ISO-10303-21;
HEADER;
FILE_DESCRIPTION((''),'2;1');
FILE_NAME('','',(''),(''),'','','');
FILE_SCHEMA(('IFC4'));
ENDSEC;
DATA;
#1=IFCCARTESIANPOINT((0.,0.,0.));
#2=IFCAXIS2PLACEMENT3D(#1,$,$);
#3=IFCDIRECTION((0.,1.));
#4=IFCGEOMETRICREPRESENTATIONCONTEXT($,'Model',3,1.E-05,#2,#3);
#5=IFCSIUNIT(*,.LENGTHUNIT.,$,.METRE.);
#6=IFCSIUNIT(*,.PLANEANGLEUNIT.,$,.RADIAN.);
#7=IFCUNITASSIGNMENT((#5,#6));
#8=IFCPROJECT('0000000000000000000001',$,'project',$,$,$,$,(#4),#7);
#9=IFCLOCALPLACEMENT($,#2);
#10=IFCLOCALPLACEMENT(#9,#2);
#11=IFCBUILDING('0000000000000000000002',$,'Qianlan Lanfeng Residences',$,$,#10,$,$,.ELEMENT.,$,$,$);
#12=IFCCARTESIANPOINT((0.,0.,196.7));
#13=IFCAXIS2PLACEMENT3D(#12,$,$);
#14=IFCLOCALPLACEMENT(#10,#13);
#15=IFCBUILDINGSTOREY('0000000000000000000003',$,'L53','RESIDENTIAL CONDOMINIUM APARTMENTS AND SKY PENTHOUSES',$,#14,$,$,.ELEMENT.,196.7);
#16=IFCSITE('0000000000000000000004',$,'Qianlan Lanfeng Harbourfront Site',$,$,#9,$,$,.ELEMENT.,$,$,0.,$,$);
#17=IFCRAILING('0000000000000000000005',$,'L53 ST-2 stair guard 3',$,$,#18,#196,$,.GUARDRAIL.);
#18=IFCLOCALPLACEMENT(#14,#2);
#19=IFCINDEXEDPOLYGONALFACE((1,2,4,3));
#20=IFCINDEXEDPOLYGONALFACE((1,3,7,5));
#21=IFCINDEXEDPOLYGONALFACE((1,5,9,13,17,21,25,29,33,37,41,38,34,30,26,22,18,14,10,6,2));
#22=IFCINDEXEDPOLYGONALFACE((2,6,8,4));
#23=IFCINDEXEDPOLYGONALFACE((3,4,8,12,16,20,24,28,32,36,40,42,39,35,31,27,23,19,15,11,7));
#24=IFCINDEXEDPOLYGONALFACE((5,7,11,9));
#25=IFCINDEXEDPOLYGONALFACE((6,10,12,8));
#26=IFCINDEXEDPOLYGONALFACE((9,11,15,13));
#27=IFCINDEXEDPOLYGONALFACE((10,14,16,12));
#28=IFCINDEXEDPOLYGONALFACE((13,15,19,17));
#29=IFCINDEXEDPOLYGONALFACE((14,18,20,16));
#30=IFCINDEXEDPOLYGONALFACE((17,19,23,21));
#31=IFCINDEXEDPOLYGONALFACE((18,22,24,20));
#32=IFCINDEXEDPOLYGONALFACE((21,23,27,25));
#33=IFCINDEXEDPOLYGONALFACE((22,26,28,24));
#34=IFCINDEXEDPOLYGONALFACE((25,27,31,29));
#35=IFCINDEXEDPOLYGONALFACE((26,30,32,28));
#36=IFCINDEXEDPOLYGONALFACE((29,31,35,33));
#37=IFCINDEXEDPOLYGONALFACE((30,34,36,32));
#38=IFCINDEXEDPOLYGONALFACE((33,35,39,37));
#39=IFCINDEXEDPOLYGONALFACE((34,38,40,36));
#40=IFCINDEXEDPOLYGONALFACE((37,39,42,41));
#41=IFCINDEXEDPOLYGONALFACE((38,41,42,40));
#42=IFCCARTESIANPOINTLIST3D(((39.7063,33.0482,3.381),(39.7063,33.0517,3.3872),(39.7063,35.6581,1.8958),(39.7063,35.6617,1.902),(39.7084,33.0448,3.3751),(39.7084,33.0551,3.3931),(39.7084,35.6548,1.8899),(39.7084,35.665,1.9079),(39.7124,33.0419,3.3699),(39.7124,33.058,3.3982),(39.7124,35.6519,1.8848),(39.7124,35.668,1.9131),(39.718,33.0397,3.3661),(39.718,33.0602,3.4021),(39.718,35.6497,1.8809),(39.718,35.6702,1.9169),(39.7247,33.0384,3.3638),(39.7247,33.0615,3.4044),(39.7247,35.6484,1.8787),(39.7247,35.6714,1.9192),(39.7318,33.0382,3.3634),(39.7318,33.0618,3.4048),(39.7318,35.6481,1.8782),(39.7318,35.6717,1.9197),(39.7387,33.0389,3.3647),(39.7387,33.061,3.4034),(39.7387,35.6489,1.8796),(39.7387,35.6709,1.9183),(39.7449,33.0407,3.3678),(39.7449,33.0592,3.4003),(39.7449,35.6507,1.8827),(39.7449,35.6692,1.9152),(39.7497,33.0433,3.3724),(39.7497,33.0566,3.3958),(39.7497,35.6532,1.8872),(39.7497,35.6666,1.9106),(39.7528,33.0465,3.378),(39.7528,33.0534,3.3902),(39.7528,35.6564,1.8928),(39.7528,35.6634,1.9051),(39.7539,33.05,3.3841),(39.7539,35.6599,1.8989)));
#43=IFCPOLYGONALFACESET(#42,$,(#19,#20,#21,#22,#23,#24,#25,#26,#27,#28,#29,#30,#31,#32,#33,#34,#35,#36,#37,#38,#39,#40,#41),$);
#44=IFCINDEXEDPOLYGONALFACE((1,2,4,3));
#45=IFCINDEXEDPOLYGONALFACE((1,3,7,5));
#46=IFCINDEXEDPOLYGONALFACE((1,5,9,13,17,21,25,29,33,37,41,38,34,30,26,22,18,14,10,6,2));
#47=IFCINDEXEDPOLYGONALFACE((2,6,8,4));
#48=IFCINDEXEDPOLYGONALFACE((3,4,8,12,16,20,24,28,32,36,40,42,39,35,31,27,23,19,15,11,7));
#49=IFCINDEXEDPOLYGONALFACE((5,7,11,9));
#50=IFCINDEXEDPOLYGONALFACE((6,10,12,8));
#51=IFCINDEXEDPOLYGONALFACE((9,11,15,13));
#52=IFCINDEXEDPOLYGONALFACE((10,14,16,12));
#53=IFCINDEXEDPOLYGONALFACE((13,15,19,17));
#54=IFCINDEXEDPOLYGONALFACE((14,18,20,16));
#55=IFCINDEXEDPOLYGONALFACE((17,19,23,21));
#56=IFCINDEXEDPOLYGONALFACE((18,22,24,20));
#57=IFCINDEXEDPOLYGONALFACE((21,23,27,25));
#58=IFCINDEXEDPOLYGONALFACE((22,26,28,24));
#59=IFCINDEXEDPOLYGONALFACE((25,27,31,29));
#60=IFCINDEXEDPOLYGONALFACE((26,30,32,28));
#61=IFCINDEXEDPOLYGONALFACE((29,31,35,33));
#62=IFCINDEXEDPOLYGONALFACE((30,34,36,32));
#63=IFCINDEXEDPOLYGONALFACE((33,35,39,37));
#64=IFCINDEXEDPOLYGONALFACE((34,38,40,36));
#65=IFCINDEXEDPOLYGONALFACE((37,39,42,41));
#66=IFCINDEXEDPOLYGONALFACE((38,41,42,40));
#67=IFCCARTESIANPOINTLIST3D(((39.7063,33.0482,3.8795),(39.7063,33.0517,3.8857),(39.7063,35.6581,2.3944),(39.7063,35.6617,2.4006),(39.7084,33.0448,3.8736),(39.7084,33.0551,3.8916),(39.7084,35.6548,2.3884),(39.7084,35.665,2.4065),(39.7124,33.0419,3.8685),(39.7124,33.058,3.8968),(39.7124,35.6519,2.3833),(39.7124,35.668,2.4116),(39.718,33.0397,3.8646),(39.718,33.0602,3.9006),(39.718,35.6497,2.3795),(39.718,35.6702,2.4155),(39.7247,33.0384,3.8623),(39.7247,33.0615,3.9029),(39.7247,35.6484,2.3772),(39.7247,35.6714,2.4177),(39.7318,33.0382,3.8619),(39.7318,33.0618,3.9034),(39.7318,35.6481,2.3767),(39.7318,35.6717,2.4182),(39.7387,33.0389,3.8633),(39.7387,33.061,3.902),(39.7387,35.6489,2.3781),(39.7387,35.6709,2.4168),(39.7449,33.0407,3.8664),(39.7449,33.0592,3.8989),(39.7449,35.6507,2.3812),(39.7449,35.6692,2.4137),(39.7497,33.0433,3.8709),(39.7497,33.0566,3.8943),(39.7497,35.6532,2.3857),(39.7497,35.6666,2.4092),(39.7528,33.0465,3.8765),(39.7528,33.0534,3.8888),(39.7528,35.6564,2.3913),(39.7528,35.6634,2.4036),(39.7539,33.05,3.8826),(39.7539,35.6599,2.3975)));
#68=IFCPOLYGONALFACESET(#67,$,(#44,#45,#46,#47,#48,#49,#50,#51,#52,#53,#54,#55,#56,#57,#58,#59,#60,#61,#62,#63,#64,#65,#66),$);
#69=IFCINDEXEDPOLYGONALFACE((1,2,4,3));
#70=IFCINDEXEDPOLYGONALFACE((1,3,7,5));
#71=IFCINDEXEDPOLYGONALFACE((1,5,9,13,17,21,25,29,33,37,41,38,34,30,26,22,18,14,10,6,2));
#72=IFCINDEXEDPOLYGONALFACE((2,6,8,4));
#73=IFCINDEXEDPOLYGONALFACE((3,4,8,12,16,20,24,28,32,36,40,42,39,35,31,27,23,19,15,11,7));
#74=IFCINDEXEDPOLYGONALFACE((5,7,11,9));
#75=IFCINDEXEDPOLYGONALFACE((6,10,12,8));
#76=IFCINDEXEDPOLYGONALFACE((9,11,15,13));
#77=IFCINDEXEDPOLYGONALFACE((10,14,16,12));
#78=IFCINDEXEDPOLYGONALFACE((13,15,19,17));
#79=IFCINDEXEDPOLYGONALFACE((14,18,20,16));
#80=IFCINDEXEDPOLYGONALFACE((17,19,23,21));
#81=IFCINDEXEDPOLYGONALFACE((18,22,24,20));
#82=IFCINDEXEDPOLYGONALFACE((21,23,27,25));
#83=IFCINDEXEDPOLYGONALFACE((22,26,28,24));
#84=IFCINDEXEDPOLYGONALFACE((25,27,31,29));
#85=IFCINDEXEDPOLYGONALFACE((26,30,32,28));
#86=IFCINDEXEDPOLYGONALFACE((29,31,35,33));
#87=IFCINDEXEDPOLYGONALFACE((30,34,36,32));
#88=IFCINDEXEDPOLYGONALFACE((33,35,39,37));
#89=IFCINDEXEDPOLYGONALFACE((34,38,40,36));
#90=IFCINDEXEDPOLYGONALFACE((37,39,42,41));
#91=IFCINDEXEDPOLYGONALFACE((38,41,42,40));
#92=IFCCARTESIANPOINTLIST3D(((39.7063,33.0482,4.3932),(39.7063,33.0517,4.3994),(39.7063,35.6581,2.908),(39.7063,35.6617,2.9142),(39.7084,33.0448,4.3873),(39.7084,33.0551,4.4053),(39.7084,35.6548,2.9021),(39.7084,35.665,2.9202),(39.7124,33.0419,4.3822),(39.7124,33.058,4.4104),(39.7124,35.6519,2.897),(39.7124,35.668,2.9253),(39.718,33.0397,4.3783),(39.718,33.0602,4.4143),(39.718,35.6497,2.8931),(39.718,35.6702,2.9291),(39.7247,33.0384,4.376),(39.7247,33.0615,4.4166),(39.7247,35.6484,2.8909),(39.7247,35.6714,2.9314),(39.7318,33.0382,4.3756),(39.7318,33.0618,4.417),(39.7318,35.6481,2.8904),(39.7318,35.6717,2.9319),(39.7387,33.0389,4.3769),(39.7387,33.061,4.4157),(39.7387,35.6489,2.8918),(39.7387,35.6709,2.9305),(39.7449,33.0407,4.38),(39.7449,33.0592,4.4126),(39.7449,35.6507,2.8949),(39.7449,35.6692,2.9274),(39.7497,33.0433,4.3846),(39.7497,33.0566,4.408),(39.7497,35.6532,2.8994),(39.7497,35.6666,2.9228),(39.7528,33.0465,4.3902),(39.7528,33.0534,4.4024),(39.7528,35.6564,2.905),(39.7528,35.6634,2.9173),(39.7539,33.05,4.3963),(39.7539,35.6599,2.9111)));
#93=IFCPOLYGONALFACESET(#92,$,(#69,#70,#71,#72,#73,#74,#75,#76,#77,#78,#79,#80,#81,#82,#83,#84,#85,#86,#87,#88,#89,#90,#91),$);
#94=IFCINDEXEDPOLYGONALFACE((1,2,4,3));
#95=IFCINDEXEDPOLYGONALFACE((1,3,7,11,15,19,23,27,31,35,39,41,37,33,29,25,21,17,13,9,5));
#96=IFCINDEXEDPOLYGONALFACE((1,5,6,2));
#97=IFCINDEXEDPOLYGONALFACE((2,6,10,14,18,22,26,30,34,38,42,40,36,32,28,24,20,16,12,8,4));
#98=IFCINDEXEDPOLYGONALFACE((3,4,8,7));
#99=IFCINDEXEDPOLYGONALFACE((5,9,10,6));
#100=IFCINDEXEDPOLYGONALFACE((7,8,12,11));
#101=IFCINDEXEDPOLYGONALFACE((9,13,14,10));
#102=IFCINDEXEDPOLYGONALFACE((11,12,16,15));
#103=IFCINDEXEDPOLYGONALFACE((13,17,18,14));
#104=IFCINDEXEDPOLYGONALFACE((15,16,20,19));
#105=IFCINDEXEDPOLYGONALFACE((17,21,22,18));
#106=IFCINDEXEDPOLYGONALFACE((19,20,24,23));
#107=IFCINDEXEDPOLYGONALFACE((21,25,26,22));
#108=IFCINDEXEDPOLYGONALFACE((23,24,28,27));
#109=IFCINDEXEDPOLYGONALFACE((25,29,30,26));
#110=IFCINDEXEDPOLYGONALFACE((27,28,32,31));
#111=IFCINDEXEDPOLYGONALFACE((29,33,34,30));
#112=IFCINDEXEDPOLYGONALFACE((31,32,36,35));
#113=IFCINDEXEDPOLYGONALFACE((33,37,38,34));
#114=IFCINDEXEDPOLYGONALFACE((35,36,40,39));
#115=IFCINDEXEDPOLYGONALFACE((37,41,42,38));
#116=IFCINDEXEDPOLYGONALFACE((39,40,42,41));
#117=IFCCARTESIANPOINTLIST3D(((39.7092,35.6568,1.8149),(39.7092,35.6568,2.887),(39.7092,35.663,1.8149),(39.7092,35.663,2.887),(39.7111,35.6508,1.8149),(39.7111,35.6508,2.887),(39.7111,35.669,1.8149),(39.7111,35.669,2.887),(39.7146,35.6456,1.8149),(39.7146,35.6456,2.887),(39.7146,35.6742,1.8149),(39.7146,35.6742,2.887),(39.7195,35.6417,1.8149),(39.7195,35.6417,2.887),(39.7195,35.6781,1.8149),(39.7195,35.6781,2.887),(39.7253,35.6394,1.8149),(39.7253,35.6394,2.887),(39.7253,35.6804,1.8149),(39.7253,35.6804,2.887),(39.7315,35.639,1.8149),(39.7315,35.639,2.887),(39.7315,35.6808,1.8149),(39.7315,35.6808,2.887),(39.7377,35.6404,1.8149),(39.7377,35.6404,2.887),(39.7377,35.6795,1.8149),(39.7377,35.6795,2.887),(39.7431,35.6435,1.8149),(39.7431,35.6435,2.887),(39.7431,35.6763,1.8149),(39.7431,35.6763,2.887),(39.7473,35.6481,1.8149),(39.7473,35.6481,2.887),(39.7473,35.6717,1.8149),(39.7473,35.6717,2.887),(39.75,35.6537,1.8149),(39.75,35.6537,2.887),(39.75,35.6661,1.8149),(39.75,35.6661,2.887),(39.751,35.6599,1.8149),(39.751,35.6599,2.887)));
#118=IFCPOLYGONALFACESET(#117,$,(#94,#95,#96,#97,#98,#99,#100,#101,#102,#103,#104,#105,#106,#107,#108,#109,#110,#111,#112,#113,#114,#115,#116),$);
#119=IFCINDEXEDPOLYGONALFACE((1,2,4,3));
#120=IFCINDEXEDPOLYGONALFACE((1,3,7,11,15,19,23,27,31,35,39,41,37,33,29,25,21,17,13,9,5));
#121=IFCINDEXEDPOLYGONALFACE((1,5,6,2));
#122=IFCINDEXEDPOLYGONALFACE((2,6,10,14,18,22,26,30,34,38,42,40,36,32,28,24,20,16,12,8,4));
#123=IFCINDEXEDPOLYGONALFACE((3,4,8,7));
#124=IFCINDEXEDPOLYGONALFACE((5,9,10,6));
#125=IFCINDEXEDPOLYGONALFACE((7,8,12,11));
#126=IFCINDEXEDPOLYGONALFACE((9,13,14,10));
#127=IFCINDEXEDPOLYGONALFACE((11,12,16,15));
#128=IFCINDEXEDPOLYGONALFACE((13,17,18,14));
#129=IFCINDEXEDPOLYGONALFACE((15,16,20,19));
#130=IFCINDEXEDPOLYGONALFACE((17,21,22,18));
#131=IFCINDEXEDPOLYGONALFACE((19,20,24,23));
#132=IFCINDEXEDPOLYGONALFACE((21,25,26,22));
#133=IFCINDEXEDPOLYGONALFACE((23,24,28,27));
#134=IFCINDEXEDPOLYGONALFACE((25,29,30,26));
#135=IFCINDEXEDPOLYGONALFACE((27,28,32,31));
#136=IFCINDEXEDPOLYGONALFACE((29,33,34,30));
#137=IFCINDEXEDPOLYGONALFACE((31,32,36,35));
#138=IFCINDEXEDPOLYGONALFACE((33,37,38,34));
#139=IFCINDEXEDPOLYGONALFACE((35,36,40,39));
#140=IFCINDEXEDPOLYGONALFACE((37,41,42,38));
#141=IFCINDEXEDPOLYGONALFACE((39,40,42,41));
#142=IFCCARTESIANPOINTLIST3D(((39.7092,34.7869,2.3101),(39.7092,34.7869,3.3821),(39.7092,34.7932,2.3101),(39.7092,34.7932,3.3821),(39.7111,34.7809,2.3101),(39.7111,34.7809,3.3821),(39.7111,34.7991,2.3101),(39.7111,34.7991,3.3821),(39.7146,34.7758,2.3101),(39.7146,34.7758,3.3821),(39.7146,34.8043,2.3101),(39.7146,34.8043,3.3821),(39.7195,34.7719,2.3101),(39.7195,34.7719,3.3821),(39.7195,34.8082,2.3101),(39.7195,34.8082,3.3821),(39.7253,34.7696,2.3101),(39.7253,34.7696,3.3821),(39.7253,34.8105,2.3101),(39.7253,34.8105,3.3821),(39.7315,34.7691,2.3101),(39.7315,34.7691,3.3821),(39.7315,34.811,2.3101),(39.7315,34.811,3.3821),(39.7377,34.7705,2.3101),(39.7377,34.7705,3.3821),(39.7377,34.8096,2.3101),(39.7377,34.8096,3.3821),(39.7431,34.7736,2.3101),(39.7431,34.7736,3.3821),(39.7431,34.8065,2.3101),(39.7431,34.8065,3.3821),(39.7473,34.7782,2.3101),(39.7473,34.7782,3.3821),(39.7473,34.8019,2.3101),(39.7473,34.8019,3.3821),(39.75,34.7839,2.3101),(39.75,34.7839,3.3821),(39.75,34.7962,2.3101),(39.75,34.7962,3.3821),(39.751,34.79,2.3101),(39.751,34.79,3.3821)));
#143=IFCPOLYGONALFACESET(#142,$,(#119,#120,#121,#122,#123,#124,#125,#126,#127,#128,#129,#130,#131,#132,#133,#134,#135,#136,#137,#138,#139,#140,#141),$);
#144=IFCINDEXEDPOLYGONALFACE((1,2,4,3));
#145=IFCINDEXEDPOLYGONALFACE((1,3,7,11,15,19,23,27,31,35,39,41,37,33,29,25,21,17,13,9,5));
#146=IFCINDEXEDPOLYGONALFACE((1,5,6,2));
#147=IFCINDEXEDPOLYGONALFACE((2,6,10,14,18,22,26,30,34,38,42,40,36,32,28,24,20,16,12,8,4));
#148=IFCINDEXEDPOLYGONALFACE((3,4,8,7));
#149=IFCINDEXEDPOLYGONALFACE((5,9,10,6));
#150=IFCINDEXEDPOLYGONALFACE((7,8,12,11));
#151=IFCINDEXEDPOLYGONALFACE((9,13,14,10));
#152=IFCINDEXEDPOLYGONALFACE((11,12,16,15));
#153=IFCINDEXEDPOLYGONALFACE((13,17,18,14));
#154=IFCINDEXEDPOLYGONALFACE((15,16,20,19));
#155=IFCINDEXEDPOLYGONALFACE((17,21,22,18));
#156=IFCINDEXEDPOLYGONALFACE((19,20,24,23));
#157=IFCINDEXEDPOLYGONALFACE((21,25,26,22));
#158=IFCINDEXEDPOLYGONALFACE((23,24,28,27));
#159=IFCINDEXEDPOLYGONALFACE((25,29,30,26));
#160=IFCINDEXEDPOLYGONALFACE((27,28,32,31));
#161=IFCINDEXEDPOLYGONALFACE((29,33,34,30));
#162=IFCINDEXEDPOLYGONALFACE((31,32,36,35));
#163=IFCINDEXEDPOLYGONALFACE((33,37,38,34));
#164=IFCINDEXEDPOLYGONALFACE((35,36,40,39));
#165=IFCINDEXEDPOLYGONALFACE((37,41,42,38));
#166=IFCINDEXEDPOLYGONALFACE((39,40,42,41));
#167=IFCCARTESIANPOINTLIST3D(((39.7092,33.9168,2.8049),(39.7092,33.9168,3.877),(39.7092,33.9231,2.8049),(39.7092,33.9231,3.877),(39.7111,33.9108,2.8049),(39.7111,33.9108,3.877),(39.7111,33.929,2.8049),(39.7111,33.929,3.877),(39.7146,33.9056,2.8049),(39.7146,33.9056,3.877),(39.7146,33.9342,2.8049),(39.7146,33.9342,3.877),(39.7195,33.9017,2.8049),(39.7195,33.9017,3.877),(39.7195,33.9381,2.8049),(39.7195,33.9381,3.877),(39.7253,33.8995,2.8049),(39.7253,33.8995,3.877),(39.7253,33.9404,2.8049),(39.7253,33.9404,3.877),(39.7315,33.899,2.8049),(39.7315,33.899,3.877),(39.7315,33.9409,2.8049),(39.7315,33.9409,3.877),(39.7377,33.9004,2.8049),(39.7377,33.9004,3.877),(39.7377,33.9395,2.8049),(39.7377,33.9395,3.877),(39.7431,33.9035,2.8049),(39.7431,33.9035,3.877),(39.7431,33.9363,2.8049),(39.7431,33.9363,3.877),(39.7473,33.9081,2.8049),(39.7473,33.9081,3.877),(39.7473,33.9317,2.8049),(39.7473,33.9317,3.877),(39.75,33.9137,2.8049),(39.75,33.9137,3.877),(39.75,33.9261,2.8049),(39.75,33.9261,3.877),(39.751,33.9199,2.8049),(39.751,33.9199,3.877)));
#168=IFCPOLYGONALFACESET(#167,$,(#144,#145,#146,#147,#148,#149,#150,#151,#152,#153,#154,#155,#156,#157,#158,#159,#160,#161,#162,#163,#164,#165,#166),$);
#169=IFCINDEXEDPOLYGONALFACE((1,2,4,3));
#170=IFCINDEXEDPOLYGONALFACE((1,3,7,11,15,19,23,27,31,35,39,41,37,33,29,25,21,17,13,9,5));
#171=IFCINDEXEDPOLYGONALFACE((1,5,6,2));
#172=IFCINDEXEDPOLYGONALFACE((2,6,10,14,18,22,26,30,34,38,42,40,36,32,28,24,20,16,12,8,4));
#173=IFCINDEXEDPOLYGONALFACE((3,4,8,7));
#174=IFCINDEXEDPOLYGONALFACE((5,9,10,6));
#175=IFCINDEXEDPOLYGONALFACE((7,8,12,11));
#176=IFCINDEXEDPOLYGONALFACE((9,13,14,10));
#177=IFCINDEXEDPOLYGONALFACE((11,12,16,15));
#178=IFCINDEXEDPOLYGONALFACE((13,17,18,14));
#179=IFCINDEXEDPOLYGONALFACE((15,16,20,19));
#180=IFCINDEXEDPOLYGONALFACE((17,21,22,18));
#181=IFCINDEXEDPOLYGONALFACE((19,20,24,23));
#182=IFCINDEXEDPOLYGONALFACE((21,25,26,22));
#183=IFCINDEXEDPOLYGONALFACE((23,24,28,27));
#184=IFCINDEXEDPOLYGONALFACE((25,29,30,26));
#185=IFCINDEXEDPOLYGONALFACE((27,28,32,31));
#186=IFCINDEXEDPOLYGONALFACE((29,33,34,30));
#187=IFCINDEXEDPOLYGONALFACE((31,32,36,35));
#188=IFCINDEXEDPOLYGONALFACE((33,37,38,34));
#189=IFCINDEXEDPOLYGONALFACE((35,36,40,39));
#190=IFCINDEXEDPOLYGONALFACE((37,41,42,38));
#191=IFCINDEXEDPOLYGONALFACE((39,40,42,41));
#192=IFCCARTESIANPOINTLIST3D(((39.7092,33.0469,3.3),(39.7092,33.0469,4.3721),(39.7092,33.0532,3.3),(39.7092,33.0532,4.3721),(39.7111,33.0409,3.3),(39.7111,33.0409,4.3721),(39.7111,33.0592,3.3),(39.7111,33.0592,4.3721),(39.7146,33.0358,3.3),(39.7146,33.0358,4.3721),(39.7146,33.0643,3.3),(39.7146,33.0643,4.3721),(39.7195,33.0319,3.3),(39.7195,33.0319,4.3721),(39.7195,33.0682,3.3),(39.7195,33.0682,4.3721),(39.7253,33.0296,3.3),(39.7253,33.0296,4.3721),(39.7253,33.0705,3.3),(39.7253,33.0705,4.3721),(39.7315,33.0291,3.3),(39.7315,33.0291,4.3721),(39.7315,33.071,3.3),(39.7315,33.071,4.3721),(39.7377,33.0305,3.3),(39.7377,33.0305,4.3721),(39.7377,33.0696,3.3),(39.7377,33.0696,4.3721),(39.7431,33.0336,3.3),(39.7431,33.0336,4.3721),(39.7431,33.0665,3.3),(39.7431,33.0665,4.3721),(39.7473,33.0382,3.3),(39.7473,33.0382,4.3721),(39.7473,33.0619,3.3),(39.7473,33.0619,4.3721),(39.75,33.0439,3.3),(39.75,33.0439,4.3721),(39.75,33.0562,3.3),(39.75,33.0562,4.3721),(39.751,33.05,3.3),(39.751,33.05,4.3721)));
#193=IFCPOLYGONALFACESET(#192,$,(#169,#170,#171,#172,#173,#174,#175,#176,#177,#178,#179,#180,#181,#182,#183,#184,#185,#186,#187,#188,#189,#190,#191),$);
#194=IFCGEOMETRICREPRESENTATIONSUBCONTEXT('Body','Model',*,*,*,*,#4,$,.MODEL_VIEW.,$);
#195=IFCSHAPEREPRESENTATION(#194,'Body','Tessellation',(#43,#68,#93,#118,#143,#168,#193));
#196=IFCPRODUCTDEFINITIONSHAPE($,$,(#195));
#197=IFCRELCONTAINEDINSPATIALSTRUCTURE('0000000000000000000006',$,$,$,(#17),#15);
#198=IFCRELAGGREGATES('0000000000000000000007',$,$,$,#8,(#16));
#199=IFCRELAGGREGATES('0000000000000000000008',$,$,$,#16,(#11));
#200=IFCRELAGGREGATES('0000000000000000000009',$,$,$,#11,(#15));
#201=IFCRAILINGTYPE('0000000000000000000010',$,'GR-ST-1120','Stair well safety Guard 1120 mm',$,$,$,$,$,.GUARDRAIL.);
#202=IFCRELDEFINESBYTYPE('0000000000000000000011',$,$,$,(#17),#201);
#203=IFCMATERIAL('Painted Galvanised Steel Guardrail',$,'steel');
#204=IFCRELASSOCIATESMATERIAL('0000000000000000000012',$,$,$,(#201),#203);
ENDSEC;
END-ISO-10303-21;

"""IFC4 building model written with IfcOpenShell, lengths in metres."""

from ifc_helpers import new_model, si_unit, direction, frame, origin, origin_2d, place, context, subcontext, project, spatial, circle, extrude, material, type_object, element, save


model = new_model("IFC4")

# Units and contexts
model_context = context("Model", 3, precision=1e-05, world=origin(), true_north=direction((0.0, 1.0)))
body_context = subcontext(model_context, "Body", "Model", "MODEL_VIEW")
ifc_project = project(units=[si_unit("LENGTHUNIT", "METRE"), si_unit("PLANEANGLEUNIT", "RADIAN")], contexts=[model_context])

# Site, building, storey
site_placement = place(None, origin())
site = spatial("IfcSite", under=ifc_project, at=site_placement, Name="Qianlan Lanfeng Harbourfront Site", CompositionType="ELEMENT", RefElevation=0.0)
building_placement = place(site_placement, origin())
building = spatial("IfcBuilding", under=site, at=building_placement, Name="Qianlan Lanfeng Residences", CompositionType="ELEMENT")
storey_placement = place(building_placement, frame((0.0, 0.0, 196.7)))
storey = spatial("IfcBuildingStorey", under=building, at=storey_placement, Name="L53", Description="RESIDENTIAL CONDOMINIUM APARTMENTS AND SKY PENTHOUSES", CompositionType="ELEMENT", Elevation=196.7)

# Railing
ifc_material_1 = material(Name="Painted Galvanised Steel Guardrail", Category="steel")
railing_type_1 = type_object("IfcRailingType", Name="GR-ST-1120", Description="Stair well safety Guard 1120 mm", PredefinedType="GUARDRAIL", material=ifc_material_1)
railing_1_placement = place(storey_placement, frame((39.73, 35.6599, 1.8149)))
element("IfcRailing", 1, at=railing_1_placement, inside=storey, type_object=railing_type_1, Name="L53 ST-2 stair guard 3", PredefinedType="GUARDRAIL", context=body_context, shape_type="SweptSolid", body=[
    extrude(circle(Radius=0.0239, at=origin_2d()), frame((0.0, 0.0, 0.084), z_axis=(0.0, -0.869137, 0.494571), x_axis=(1.0, 0.0, 0.0)), (0.0, 0.0, 1.0), 3.0029),
    extrude(circle(Radius=0.0239, at=origin_2d()), frame((0.0, 0.0, 0.5825), z_axis=(0.0, -0.869137, 0.494571), x_axis=(1.0, 0.0, 0.0)), (0.0, 0.0, 1.0), 3.0029),
    extrude(circle(Radius=0.0239, at=origin_2d()), frame((0.0, 0.0, 1.0962), z_axis=(0.0, -0.869137, 0.494571), x_axis=(1.0, 0.0, 0.0)), (0.0, 0.0, 1.0), 3.0029),
    extrude(circle(Radius=0.021, at=origin_2d()), origin(), (0.0, 0.0, 1.0), 1.072),
    extrude(circle(Radius=0.021, at=origin_2d()), frame((0.0, -0.8699, 0.4951)), (0.0, 0.0, 1.0), 1.072),
    extrude(circle(Radius=0.021, at=origin_2d()), frame((0.0, -1.74, 0.99)), (0.0, 0.0, 1.0), 1.072),
    extrude(circle(Radius=0.021, at=origin_2d()), frame((0.0, -2.6099, 1.4851)), (0.0, 0.0, 1.0), 1.072),
])

save(model, "model.ifc")
